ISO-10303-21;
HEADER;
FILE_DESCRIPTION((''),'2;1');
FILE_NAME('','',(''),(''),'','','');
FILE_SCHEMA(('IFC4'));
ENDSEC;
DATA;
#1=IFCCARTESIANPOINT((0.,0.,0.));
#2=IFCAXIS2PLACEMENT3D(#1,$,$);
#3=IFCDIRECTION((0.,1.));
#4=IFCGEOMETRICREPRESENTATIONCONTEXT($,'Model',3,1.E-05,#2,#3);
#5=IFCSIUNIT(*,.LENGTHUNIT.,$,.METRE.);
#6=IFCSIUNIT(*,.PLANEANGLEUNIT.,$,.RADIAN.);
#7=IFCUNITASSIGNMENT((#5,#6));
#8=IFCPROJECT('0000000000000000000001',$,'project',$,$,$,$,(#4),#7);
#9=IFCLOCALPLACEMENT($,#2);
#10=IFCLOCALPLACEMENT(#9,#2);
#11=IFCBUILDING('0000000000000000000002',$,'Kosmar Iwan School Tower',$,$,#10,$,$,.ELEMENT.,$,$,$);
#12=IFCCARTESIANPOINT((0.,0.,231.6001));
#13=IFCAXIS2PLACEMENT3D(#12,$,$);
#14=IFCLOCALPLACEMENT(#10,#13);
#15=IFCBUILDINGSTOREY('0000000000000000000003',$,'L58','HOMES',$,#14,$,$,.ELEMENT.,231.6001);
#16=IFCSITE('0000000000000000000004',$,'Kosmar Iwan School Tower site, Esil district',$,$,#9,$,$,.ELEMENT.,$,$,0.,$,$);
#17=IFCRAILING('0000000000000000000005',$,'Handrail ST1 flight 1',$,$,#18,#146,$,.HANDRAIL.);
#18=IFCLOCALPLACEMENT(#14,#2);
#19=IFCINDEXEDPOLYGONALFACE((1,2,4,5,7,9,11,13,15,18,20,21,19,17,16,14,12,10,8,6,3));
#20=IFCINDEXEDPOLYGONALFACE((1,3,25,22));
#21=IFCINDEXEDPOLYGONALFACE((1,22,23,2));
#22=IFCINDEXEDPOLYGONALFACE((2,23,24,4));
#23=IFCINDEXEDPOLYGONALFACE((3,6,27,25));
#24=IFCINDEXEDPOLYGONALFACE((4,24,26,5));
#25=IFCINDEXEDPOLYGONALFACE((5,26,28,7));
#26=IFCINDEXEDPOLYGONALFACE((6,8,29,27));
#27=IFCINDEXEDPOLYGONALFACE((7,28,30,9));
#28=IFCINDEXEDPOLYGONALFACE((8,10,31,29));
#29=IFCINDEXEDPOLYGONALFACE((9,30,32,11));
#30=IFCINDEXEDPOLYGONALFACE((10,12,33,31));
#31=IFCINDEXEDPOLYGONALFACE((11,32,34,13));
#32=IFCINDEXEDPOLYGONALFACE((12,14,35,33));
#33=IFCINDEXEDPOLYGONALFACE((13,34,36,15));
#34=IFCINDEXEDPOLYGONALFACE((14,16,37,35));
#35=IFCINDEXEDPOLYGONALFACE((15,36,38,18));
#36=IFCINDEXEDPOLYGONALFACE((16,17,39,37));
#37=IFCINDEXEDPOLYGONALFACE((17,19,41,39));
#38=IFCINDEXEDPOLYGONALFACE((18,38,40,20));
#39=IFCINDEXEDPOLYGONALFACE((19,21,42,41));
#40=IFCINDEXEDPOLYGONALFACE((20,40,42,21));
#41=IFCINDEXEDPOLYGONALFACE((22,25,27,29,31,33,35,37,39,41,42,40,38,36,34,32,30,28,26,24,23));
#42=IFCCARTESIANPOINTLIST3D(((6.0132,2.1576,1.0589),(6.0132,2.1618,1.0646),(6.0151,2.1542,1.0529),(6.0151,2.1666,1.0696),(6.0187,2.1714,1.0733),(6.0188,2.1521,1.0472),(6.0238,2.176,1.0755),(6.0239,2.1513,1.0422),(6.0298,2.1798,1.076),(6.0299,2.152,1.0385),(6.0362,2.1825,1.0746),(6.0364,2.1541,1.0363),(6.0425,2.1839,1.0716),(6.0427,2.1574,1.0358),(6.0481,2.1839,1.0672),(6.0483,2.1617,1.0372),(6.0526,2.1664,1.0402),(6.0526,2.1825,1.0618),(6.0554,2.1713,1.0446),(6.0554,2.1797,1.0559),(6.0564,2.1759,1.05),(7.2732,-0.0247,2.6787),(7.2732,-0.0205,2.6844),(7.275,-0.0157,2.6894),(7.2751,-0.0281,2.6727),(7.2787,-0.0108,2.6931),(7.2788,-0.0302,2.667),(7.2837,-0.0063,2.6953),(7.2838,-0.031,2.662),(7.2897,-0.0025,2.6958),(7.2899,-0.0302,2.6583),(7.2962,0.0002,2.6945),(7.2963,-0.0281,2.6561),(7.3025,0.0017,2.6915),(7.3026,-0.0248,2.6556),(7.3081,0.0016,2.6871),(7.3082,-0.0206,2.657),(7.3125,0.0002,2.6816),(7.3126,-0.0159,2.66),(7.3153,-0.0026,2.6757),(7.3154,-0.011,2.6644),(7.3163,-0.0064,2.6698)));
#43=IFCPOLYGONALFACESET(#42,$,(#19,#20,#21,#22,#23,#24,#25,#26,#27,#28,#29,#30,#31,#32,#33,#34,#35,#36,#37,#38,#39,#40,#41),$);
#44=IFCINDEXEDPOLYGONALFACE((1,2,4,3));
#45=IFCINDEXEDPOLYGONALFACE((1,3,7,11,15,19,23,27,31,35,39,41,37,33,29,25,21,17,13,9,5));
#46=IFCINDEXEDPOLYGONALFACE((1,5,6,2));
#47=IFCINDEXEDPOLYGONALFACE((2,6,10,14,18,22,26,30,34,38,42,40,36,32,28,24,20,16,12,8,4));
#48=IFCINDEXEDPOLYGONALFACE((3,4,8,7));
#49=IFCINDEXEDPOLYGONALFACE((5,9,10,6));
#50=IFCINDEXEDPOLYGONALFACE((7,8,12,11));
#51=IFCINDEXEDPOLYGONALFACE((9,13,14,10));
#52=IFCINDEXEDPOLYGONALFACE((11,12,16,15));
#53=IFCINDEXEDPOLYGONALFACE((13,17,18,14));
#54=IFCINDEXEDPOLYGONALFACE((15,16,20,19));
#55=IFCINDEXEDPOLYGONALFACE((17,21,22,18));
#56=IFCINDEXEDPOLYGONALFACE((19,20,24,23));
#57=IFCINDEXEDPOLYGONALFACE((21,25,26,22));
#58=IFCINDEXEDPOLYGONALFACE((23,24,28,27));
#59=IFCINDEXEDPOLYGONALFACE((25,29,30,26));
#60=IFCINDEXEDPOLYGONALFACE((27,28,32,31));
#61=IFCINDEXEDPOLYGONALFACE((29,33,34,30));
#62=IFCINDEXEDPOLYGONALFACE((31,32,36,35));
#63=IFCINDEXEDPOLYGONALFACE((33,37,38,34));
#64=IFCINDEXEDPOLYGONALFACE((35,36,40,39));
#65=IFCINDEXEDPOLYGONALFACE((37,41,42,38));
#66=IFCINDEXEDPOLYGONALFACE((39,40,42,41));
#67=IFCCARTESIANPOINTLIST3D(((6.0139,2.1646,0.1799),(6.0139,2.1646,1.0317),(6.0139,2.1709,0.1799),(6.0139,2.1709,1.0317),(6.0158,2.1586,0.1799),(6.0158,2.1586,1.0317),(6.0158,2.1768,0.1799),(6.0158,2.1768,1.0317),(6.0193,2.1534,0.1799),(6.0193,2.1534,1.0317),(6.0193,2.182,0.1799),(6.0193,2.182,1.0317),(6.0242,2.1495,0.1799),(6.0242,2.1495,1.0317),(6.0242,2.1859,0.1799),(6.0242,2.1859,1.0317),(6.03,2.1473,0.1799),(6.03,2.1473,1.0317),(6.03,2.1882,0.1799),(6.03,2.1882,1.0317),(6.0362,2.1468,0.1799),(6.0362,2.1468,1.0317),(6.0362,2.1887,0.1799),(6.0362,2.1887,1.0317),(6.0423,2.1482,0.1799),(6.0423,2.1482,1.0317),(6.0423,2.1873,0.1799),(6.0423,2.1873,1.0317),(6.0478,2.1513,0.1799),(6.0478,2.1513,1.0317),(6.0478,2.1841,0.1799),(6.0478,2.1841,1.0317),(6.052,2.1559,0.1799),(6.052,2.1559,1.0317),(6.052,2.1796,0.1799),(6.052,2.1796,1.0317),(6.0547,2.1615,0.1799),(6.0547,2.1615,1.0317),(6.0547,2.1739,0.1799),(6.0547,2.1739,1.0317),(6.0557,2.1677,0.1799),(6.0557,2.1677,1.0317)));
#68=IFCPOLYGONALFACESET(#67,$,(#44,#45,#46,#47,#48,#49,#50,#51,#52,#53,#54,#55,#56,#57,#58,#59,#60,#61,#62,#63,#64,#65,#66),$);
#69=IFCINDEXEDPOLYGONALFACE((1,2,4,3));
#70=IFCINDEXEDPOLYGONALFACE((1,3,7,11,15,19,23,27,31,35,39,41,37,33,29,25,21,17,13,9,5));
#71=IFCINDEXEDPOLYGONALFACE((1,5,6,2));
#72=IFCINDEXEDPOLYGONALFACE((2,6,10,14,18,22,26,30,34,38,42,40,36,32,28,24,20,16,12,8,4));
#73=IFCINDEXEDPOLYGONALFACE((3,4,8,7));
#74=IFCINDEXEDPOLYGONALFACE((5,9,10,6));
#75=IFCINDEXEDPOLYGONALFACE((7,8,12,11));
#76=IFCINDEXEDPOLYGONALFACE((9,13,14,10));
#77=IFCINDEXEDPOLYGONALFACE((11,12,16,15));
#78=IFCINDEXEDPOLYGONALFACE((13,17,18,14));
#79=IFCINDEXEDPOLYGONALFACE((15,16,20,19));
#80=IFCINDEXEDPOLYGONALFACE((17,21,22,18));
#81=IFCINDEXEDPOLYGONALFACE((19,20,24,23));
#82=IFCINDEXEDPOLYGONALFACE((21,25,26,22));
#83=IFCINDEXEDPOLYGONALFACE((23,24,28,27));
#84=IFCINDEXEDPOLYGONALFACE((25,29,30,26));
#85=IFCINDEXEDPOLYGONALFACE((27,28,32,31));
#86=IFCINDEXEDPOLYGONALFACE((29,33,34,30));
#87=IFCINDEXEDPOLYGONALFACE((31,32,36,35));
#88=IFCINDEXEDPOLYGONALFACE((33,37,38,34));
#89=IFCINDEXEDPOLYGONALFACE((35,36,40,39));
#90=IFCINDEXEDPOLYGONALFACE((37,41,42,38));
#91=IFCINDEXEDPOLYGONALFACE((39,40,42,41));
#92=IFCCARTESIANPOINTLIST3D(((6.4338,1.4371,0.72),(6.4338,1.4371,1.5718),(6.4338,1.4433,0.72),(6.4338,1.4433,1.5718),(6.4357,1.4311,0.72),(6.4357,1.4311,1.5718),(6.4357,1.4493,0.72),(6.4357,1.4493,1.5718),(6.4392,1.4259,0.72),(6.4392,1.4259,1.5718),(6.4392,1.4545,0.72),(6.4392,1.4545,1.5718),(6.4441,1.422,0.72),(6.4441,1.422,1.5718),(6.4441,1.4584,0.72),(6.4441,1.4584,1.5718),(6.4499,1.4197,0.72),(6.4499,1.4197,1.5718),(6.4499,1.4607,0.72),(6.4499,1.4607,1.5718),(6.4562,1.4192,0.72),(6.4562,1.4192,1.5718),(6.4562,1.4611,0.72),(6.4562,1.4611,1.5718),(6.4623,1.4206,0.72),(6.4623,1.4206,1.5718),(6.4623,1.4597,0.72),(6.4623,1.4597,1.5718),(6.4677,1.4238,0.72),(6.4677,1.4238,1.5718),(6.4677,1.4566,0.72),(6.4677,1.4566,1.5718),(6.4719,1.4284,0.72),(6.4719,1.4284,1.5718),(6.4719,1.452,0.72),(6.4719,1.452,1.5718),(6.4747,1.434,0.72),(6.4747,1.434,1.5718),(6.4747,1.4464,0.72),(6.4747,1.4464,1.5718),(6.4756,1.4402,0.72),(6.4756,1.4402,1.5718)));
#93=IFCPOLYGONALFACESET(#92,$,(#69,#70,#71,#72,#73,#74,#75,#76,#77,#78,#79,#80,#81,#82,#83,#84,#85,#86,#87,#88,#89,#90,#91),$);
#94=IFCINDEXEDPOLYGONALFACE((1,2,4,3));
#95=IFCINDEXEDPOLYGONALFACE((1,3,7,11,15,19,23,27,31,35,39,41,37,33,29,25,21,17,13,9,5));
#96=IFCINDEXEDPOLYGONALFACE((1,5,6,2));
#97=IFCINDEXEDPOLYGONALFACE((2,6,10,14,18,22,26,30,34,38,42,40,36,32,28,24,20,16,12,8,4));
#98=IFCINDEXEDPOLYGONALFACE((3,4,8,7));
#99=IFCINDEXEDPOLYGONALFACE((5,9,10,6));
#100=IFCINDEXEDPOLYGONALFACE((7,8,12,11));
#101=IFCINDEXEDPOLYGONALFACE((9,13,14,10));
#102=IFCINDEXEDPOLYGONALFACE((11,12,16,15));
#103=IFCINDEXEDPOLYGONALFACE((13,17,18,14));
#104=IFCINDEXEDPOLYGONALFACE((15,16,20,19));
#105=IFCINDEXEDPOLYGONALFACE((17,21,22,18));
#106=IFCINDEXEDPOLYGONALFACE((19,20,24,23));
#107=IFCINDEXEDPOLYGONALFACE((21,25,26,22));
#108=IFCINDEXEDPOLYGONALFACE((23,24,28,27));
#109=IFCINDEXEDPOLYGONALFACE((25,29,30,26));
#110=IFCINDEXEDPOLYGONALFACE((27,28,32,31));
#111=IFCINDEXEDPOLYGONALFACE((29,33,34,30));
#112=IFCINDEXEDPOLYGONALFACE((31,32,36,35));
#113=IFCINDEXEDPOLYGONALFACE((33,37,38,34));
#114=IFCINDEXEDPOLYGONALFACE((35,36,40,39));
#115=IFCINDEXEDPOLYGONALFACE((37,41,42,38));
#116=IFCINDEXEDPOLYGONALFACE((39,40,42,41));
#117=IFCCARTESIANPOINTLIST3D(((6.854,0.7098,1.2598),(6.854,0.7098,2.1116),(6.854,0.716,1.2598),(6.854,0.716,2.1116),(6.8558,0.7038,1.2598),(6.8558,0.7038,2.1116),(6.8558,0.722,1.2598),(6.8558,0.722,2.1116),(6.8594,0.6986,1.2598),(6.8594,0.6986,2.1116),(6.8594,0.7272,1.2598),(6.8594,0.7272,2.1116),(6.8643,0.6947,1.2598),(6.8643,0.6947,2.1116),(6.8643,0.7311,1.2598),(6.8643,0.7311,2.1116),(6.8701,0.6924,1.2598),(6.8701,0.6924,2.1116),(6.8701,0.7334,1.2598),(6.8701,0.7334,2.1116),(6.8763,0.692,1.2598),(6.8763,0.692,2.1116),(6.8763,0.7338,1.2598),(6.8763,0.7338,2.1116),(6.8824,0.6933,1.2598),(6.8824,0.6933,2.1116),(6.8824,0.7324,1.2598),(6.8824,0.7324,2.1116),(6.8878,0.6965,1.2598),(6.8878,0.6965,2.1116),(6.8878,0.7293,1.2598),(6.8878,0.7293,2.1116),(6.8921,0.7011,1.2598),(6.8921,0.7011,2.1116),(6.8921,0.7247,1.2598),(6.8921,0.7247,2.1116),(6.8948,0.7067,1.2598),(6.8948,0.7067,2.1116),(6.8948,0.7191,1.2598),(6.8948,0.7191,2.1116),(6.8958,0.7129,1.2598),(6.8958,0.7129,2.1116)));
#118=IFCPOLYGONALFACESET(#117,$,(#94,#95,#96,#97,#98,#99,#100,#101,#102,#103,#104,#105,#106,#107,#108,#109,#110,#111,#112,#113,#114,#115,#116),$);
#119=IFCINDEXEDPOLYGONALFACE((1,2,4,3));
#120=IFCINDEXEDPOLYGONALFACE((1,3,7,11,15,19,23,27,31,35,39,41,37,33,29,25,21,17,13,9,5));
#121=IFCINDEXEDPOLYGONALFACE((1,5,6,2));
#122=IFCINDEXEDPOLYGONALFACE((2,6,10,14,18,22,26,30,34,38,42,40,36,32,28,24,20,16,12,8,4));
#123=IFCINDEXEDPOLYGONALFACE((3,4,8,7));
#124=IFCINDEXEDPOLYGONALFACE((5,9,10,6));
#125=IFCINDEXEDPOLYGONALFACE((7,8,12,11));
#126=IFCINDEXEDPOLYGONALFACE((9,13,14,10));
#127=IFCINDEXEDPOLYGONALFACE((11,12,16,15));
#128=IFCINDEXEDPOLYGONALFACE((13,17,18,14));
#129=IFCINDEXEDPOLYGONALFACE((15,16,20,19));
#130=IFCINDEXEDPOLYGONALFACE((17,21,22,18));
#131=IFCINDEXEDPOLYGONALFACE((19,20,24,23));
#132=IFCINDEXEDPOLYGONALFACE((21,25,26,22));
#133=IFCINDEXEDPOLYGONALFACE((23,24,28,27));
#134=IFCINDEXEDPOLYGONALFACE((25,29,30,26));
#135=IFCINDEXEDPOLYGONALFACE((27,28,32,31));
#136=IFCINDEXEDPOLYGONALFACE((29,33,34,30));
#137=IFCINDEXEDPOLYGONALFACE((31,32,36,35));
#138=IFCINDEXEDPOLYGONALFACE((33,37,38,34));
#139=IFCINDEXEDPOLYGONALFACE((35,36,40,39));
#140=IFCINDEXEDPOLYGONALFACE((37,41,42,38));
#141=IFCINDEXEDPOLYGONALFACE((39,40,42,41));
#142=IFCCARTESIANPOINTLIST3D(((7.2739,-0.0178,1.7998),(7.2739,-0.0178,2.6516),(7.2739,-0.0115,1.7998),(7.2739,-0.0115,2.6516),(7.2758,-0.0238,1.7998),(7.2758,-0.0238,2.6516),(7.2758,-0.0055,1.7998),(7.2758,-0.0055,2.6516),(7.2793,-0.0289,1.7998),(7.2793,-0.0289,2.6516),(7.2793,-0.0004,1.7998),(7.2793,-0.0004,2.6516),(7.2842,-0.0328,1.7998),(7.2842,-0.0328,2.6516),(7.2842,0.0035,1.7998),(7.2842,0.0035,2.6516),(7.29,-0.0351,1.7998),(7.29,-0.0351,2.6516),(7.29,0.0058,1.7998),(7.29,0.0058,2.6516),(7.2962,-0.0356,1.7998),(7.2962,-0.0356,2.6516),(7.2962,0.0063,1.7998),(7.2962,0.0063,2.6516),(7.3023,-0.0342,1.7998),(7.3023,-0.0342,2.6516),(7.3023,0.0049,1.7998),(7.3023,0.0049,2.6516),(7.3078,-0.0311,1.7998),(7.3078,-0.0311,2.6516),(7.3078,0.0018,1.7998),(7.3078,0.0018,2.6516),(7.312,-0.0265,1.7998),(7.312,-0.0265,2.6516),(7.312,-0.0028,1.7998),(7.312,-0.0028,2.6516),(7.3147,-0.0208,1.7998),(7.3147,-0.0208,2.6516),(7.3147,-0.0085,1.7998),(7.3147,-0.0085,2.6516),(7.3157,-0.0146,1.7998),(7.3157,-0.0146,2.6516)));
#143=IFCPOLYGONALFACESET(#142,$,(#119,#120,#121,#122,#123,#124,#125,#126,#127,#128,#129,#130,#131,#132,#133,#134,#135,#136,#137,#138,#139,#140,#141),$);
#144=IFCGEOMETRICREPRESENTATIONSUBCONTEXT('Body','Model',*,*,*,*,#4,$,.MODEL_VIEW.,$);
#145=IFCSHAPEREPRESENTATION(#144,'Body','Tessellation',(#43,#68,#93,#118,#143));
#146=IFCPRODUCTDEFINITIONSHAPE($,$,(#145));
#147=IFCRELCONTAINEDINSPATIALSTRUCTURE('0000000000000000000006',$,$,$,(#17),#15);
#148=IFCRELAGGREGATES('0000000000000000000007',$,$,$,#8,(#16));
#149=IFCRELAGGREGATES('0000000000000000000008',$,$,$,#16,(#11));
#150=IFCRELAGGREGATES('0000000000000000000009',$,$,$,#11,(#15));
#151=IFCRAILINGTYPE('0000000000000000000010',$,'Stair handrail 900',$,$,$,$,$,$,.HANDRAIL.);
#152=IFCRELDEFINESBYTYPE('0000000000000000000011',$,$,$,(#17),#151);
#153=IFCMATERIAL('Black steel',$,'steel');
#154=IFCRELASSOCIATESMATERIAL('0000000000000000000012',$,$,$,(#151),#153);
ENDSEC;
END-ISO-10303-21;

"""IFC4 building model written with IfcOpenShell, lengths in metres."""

from ifc_helpers import new_model, si_unit, direction, frame, origin, origin_2d, place, context, subcontext, project, spatial, circle, extrude, material, type_object, element, save


model = new_model("IFC4")

# Units and contexts
model_context = context("Model", 3, precision=1e-05, world=origin(), true_north=direction((0.0, 1.0)))
body_context = subcontext(model_context, "Body", "Model", "MODEL_VIEW")
ifc_project = project(units=[si_unit("LENGTHUNIT", "METRE"), si_unit("PLANEANGLEUNIT", "RADIAN")], contexts=[model_context])

# Site, building, storey
site_placement = place(None, origin())
site = spatial("IfcSite", under=ifc_project, at=site_placement, Name="Kosmar Iwan School Tower site, Esil district", CompositionType="ELEMENT", RefElevation=0.0)
building_placement = place(site_placement, origin())
building = spatial("IfcBuilding", under=site, at=building_placement, Name="Kosmar Iwan School Tower", CompositionType="ELEMENT")
storey_placement = place(building_placement, frame((0.0, 0.0, 231.6001)))
storey = spatial("IfcBuildingStorey", under=building, at=storey_placement, Name="L58", Description="HOMES", CompositionType="ELEMENT", Elevation=231.6001)

# Railing
ifc_material_1 = material(Name="Black steel", Category="steel")
railing_type = type_object("IfcRailingType", Name="Stair handrail 900", PredefinedType="HANDRAIL", material=ifc_material_1)
railing_placement = place(storey_placement, frame((6.0347, 2.1677, 0.1799)))
element("IfcRailing", 1, at=railing_placement, inside=storey, type_object=railing_type, Name="Handrail ST1 flight 1", PredefinedType="HANDRAIL", context=body_context, shape_type="SweptSolid", body=[
    extrude(circle(Radius=0.0239, at=origin_2d()), frame((0.0, 0.0, 0.876), z_axis=(0.420603, -0.728496, 0.540728), x_axis=(0.866023, 0.500005, 0.0)), (0.0, 0.0, 1.0), 2.9956),
    extrude(circle(Radius=0.021, at=origin_2d()), origin(), (0.0, 0.0, 1.0), 0.8518),
    extrude(circle(Radius=0.021, at=origin_2d()), frame((0.4199, -0.7275, 0.54)), (0.0, 0.0, 1.0), 0.8518),
    extrude(circle(Radius=0.021, at=origin_2d()), frame((0.8401, -1.4548, 1.0798)), (0.0, 0.0, 1.0), 0.8518),
    extrude(circle(Radius=0.021, at=origin_2d()), frame((1.26, -2.1824, 1.6199)), (0.0, 0.0, 1.0), 0.8518),
])

save(model, "model.ifc")
